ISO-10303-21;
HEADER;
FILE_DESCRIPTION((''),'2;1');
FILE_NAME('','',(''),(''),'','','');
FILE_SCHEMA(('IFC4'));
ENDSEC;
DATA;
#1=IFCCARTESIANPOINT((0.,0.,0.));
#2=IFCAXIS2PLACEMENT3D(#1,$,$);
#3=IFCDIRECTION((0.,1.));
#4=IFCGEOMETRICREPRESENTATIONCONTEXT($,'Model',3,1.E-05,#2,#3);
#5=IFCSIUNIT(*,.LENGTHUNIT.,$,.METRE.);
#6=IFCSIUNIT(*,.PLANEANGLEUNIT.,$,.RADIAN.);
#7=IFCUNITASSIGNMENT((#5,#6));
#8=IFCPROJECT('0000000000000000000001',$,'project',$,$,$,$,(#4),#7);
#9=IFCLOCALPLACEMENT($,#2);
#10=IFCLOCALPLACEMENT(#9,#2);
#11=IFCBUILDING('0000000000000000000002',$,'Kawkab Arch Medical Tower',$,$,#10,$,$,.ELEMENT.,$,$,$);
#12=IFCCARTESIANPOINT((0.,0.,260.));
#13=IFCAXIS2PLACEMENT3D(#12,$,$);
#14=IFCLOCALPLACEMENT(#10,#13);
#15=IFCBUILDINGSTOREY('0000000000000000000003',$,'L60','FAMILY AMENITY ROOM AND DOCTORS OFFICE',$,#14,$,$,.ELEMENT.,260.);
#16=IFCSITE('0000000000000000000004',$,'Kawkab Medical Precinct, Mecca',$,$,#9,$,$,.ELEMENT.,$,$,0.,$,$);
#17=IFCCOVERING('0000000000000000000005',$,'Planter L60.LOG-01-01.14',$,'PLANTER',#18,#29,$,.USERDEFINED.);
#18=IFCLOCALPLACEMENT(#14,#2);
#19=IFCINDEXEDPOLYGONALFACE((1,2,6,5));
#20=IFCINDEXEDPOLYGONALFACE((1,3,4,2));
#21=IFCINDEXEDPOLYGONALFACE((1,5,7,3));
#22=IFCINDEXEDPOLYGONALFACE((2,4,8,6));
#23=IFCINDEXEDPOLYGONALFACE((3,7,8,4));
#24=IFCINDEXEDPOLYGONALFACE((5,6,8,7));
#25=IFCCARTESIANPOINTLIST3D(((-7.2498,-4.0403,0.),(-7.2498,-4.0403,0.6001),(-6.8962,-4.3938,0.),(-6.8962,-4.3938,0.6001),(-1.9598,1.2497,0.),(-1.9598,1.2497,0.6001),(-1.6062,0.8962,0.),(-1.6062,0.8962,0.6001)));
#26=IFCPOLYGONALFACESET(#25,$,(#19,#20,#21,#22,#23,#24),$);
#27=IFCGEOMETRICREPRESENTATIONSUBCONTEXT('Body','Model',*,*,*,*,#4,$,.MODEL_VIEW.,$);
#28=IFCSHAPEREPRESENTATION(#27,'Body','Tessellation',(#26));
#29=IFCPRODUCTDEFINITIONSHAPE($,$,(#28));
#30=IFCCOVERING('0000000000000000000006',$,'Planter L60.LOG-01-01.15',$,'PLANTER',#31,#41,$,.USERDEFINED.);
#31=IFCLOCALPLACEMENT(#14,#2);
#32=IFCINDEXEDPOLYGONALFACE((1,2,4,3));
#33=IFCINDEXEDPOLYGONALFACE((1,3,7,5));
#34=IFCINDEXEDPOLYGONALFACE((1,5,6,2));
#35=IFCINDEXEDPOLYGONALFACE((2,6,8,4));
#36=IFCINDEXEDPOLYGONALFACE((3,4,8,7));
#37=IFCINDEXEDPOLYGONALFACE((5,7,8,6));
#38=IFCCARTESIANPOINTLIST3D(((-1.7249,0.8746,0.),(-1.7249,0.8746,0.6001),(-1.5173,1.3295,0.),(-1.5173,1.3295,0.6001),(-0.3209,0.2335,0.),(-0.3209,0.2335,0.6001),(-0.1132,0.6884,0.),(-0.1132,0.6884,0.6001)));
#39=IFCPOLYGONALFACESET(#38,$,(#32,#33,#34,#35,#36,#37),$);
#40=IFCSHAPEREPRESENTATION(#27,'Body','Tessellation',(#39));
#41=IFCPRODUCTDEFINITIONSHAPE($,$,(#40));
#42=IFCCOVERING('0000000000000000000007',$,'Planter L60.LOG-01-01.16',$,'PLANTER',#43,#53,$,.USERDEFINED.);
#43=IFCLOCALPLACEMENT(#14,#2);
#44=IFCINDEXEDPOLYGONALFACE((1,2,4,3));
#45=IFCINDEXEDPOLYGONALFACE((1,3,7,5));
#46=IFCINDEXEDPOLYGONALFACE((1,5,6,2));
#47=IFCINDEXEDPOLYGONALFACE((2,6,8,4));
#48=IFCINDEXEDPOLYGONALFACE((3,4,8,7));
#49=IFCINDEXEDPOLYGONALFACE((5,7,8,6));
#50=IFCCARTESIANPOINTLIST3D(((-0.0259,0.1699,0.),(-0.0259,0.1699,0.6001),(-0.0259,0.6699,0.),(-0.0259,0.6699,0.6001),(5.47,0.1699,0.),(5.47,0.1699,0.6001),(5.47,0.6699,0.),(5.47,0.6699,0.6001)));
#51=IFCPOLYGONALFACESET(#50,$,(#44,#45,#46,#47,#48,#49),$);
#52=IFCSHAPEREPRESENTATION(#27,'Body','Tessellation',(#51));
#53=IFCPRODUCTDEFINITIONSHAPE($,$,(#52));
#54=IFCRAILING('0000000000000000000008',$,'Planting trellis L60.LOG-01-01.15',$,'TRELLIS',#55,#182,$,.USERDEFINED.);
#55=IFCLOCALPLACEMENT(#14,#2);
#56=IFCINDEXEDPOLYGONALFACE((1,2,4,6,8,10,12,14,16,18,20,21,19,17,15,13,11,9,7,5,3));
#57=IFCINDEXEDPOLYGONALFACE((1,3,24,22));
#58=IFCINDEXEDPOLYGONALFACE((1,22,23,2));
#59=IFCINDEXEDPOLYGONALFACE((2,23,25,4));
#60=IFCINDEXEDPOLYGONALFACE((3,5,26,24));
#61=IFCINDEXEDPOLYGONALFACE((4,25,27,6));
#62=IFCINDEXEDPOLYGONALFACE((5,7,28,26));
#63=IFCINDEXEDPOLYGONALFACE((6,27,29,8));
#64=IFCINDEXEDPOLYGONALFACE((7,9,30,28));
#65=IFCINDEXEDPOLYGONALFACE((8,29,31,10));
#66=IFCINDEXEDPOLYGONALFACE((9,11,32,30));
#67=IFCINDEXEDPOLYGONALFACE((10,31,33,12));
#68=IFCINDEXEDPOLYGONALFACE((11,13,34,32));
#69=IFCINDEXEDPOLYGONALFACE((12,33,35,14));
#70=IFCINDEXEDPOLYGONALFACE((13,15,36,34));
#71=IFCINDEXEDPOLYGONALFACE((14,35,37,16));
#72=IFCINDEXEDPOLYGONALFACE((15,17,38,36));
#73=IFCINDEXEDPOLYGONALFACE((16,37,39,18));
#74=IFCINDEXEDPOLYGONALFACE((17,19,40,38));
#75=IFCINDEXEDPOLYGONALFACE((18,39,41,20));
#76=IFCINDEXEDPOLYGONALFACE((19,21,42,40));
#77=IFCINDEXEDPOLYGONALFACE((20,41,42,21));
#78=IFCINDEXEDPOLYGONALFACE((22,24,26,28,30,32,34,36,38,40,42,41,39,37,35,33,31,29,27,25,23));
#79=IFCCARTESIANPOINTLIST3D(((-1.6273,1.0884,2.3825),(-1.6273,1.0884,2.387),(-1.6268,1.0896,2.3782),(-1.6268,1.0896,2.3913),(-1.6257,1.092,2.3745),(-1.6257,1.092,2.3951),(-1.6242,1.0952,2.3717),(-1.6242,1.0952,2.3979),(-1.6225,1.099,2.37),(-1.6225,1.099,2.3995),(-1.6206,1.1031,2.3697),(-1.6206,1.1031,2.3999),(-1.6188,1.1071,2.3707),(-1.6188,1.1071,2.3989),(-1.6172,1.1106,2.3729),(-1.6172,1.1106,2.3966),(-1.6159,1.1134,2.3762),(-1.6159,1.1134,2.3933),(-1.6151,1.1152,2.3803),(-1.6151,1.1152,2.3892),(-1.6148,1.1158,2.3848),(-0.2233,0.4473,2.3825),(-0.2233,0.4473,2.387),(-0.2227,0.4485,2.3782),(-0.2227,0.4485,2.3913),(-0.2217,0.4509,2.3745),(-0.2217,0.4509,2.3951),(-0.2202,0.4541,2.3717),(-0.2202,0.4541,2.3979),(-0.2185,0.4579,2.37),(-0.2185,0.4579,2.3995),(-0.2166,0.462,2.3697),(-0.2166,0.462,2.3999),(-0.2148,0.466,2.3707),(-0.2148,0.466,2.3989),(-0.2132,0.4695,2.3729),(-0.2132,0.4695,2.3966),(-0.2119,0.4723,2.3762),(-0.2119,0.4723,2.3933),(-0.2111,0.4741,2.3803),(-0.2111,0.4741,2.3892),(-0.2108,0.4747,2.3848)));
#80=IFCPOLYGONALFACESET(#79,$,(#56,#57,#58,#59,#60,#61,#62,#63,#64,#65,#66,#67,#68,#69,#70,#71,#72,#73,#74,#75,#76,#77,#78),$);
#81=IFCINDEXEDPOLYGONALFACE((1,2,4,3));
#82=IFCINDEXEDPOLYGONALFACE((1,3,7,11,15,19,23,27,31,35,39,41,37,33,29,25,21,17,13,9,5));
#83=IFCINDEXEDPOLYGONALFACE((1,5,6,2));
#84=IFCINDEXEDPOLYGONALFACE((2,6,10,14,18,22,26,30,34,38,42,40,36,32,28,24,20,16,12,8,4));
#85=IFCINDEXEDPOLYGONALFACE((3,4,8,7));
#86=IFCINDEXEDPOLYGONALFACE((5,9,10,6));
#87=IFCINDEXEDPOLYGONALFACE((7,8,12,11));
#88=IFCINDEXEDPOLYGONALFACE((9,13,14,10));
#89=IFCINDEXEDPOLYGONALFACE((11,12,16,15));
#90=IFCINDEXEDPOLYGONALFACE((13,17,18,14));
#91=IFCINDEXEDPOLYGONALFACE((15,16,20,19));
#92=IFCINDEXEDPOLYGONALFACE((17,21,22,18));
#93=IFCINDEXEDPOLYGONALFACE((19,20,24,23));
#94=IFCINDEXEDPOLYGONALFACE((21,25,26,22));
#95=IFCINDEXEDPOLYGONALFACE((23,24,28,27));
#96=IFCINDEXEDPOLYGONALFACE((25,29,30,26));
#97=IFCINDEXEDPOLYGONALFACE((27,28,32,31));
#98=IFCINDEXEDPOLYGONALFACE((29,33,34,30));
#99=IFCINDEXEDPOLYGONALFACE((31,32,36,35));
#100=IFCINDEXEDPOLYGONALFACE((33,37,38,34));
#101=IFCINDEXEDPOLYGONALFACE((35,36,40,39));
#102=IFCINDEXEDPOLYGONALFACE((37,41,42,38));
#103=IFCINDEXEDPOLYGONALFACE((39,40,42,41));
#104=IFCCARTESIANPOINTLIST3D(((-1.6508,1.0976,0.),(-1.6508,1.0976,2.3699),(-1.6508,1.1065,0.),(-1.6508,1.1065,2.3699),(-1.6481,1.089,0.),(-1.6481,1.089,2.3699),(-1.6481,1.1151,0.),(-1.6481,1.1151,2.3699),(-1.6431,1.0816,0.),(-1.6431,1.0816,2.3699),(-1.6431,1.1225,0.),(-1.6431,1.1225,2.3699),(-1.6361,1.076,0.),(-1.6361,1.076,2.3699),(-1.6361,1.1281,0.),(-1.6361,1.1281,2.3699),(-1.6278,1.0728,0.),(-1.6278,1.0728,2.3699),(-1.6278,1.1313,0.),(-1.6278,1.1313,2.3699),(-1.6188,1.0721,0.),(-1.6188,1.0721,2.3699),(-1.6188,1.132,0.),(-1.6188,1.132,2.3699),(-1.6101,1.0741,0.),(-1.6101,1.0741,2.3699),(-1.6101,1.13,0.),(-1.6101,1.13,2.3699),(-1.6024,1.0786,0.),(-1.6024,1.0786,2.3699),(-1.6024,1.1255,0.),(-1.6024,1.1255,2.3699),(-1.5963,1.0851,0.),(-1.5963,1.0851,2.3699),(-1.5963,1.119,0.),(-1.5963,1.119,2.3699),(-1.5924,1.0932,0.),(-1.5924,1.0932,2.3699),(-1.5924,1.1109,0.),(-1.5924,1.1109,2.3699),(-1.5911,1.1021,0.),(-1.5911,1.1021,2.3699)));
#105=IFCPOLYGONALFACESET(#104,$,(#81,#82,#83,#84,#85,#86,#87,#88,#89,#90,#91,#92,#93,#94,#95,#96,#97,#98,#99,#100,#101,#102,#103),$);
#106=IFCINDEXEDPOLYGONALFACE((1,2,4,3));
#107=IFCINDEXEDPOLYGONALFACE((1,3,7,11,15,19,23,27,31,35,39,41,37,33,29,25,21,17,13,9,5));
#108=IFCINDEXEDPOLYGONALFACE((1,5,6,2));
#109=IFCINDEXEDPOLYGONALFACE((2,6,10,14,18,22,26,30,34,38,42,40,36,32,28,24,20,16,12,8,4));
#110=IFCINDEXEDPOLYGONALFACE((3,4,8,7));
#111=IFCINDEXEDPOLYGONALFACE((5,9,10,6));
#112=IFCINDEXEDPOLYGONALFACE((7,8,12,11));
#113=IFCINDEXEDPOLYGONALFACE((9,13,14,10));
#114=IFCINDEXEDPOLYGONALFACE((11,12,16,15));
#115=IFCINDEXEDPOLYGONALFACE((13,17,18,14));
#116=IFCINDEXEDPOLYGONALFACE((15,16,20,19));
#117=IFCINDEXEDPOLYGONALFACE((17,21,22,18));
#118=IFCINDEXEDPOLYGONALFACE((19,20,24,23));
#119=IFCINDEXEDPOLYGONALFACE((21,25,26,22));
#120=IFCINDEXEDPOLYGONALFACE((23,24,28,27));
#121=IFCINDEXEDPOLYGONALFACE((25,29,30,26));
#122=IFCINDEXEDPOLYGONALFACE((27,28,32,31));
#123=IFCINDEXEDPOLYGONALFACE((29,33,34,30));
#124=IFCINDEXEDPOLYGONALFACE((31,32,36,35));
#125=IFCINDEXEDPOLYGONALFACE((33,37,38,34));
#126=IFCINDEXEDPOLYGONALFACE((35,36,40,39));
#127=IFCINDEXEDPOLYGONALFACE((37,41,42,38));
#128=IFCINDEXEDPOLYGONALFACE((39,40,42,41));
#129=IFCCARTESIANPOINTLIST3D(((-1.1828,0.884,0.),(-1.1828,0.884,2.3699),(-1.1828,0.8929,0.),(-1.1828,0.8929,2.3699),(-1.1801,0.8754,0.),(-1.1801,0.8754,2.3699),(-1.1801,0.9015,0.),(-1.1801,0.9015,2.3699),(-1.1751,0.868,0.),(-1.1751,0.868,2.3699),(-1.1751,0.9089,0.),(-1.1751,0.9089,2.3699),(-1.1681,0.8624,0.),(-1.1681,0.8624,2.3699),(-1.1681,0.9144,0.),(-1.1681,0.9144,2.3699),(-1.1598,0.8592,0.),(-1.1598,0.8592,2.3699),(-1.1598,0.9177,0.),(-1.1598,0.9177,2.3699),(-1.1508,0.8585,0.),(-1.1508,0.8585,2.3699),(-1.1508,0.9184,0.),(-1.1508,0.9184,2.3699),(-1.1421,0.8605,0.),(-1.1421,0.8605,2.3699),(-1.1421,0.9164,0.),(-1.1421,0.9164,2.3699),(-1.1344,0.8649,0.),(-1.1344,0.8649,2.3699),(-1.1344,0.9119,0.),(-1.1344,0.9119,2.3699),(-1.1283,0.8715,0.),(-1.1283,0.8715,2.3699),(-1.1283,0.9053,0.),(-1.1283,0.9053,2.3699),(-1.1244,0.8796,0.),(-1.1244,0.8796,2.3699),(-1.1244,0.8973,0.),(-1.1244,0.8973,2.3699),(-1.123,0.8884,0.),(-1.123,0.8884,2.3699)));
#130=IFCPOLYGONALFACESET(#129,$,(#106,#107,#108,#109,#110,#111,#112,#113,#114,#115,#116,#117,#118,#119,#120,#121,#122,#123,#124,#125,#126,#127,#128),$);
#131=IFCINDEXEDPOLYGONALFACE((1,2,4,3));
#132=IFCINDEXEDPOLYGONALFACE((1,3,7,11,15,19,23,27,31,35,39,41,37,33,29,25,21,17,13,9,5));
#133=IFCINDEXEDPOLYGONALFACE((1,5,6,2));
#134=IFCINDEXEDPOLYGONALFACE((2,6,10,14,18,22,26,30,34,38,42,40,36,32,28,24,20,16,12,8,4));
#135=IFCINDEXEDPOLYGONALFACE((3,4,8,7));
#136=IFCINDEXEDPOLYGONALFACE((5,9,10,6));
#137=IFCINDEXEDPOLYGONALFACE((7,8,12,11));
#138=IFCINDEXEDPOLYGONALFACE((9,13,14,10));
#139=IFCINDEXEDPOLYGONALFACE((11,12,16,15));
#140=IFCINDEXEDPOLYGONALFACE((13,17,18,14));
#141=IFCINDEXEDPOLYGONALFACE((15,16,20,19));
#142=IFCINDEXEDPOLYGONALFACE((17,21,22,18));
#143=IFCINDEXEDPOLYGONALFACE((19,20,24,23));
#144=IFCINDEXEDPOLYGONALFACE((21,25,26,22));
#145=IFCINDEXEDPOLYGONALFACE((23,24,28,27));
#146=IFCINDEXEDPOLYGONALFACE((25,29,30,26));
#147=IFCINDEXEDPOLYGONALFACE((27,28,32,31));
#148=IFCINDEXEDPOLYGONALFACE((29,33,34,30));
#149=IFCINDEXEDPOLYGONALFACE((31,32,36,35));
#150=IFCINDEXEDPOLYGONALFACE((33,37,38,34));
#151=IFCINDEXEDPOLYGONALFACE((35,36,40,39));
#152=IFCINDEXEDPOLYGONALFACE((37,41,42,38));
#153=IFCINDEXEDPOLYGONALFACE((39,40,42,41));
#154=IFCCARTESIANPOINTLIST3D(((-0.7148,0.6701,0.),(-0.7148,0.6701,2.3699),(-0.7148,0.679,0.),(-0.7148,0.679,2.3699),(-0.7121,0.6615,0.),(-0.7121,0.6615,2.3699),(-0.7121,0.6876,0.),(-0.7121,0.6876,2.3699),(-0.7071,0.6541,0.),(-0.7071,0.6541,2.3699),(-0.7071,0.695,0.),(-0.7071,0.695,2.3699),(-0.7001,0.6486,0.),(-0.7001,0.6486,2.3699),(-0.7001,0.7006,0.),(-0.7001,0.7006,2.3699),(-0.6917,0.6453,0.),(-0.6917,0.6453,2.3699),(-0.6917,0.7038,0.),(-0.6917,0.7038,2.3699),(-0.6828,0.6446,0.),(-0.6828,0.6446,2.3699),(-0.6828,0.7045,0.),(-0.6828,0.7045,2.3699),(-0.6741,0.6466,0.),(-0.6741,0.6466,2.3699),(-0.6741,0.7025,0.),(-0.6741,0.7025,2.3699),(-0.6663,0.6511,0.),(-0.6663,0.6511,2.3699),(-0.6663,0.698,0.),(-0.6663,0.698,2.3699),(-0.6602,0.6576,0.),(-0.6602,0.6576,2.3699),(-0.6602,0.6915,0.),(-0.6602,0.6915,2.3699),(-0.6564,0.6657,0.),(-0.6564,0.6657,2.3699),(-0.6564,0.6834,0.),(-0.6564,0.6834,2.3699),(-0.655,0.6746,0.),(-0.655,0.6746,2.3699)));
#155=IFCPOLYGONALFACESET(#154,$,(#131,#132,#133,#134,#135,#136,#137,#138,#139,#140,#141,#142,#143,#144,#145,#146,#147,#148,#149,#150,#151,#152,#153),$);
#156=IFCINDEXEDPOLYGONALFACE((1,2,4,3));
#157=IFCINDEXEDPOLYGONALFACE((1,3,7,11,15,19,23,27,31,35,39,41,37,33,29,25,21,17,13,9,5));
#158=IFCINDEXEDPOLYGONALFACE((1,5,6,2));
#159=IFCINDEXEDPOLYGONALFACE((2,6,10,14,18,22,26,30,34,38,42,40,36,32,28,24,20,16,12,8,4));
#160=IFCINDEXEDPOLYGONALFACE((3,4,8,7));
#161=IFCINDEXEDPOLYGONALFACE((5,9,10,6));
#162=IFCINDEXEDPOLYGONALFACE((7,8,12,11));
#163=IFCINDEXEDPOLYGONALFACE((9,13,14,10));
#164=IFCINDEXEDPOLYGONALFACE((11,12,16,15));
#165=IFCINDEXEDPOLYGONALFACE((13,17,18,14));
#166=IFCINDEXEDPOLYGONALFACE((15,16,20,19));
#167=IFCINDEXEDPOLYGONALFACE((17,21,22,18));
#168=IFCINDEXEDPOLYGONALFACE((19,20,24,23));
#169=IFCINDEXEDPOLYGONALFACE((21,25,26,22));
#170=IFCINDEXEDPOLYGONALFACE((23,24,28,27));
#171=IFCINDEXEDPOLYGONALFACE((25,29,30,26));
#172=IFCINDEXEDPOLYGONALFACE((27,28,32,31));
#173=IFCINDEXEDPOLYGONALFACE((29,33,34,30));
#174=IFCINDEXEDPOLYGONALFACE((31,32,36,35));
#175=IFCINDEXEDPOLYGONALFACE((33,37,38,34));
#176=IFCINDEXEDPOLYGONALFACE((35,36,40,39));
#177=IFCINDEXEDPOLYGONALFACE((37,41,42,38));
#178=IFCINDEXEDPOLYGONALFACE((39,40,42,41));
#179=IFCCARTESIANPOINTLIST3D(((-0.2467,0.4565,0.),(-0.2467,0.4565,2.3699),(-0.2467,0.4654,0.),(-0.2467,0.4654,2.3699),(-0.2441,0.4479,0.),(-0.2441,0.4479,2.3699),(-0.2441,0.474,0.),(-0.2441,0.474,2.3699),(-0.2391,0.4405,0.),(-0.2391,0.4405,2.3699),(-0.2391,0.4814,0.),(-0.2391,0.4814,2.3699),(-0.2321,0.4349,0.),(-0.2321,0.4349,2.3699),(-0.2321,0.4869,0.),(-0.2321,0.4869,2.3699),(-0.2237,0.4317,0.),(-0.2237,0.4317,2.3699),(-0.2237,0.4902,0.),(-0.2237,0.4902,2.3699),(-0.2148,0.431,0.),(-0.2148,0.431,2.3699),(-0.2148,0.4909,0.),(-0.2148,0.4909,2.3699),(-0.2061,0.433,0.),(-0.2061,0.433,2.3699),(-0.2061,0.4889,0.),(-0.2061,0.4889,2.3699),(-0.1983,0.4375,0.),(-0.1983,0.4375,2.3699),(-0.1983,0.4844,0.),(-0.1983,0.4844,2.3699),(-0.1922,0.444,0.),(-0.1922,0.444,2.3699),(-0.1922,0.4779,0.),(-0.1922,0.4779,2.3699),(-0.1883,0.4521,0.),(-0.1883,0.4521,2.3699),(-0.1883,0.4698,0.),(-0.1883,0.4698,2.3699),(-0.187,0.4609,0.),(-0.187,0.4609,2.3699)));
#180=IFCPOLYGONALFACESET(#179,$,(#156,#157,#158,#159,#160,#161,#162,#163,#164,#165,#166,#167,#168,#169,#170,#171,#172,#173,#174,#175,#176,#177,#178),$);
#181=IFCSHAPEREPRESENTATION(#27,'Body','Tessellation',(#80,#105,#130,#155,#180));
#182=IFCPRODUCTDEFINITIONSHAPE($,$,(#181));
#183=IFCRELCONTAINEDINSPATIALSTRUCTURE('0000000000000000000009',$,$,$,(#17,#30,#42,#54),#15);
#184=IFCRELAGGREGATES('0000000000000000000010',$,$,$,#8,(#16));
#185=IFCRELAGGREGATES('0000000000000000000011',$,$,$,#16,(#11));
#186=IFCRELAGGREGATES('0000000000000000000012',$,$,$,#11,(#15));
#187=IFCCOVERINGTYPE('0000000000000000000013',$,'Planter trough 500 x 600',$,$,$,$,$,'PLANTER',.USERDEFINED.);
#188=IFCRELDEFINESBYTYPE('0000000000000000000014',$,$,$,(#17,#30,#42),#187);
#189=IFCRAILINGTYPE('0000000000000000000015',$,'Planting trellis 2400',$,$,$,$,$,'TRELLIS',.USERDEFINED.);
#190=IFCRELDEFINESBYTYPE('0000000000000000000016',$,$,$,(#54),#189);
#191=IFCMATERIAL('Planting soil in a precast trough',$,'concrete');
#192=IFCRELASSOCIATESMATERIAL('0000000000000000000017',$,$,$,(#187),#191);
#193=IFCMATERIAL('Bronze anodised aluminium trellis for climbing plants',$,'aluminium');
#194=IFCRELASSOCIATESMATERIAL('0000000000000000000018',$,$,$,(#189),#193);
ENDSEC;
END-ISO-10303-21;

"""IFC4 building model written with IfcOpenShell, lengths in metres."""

from ifc_helpers import new_model, si_unit, direction, frame, origin, origin_2d, place, context, subcontext, project, spatial, rectangle, circle, extrude, material, material_profile, profile_set, type_object, element, save


model = new_model("IFC4")

# Units and contexts
model_context = context("Model", 3, precision=1e-05, world=origin(), true_north=direction((0.0, 1.0)))
body_context = subcontext(model_context, "Body", "Model", "MODEL_VIEW")
ifc_project = project(units=[si_unit("LENGTHUNIT", "METRE"), si_unit("PLANEANGLEUNIT", "RADIAN")], contexts=[model_context])

# Site, building, storey
site_placement = place(None, origin())
site = spatial("IfcSite", under=ifc_project, at=site_placement, Name="Kawkab Medical Precinct, Mecca", CompositionType="ELEMENT", RefElevation=0.0)
building_placement = place(site_placement, origin())
building = spatial("IfcBuilding", under=site, at=building_placement, Name="Kawkab Arch Medical Tower", CompositionType="ELEMENT")
storey_placement = place(building_placement, frame((0.0, 0.0, 260.0)))
storey = spatial("IfcBuildingStorey", under=building, at=storey_placement, Name="L60", Description="FAMILY AMENITY ROOM AND DOCTORS OFFICE", CompositionType="ELEMENT", Elevation=260.0)

# Coverings
ifc_material_1 = material(Name="Planting soil in a precast trough", Category="concrete")
ifc_material_profile_1 = material_profile(ifc_material_1, rectangle(XDim=0.5, YDim=0.6001, at=origin_2d()), Name="Trough 500x600")
ifc_profile_set_1 = profile_set([ifc_material_profile_1], Name="Planting soil in a precast trough")
covering_type_1 = type_object("IfcCoveringType", Name="Planter trough 500 x 600", ElementType="PLANTER", PredefinedType="USERDEFINED", material=ifc_profile_set_1)
covering_1_placement = place(storey_placement, frame((-7.073, -4.217, 0.3), z_axis=(0.707107, 0.707107, 0.0), x_axis=(-0.707107, 0.707107, 0.0)))
element("IfcCovering", 1, at=covering_1_placement, inside=storey, type_object=covering_type_1, Name="Planter L60.LOG-01-01.14", ObjectType="PLANTER", PredefinedType="USERDEFINED", context=body_context, shape_type="SweptSolid", body=[
    extrude(rectangle(XDim=0.5, YDim=0.6001, at=origin_2d()), origin(), (0.0, 0.0, 1.0), 7.4812),
])
covering_2_placement = place(storey_placement, frame((-1.6211, 1.1021, 0.3), z_axis=(0.909656, -0.415363, 0.0), x_axis=(0.415363, 0.909656, 0.0)))
element("IfcCovering", 2, at=covering_2_placement, inside=storey, type_object=covering_type_1, Name="Planter L60.LOG-01-01.15", ObjectType="PLANTER", PredefinedType="USERDEFINED", context=body_context, shape_type="SweptSolid", body=[
    extrude(rectangle(XDim=0.5, YDim=0.6001, at=origin_2d()), origin(), (0.0, 0.0, 1.0), 1.5435),
])
covering_3_placement = place(storey_placement, frame((-0.0259, 0.4199, 0.3), z_axis=(1.0, 0.0, 0.0), x_axis=(0.0, 1.0, 0.0)))
element("IfcCovering", 3, at=covering_3_placement, inside=storey, type_object=covering_type_1, Name="Planter L60.LOG-01-01.16", ObjectType="PLANTER", PredefinedType="USERDEFINED", context=body_context, shape_type="SweptSolid", body=[
    extrude(rectangle(XDim=0.5, YDim=0.6001, at=origin_2d()), origin(), (0.0, 0.0, 1.0), 5.4958),
])

# Railing
ifc_material_2 = material(Name="Bronze anodised aluminium trellis for climbing plants", Category="aluminium")
railing_type = type_object("IfcRailingType", Name="Planting trellis 2400", ElementType="TRELLIS", PredefinedType="USERDEFINED", material=ifc_material_2)
railing_placement = place(storey_placement, frame((-1.6211, 1.1021, 0.0)))
element("IfcRailing", 4, at=railing_placement, inside=storey, type_object=railing_type, Name="Planting trellis L60.LOG-01-01.15", ObjectType="TRELLIS", PredefinedType="USERDEFINED", context=body_context, shape_type="SweptSolid", body=[
    extrude(circle(Radius=0.0151, at=origin_2d()), frame((0.0, 0.0, 2.3848), z_axis=(0.909656, -0.415363, 0.0), x_axis=(0.415363, 0.909656, 0.0)), (0.0, 0.0, 1.0), 1.5435),
    extrude(circle(Radius=0.03, at=origin_2d()), origin(), (0.0, 0.0, 1.0), 2.3699),
    extrude(circle(Radius=0.03, at=origin_2d()), frame((0.468, -0.2136, 0.0)), (0.0, 0.0, 1.0), 2.3699),
    extrude(circle(Radius=0.03, at=origin_2d()), frame((0.936, -0.4275, 0.0)), (0.0, 0.0, 1.0), 2.3699),
    extrude(circle(Radius=0.03, at=origin_2d()), frame((1.4041, -0.6411, 0.0)), (0.0, 0.0, 1.0), 2.3699),
])

save(model, "model.ifc")
